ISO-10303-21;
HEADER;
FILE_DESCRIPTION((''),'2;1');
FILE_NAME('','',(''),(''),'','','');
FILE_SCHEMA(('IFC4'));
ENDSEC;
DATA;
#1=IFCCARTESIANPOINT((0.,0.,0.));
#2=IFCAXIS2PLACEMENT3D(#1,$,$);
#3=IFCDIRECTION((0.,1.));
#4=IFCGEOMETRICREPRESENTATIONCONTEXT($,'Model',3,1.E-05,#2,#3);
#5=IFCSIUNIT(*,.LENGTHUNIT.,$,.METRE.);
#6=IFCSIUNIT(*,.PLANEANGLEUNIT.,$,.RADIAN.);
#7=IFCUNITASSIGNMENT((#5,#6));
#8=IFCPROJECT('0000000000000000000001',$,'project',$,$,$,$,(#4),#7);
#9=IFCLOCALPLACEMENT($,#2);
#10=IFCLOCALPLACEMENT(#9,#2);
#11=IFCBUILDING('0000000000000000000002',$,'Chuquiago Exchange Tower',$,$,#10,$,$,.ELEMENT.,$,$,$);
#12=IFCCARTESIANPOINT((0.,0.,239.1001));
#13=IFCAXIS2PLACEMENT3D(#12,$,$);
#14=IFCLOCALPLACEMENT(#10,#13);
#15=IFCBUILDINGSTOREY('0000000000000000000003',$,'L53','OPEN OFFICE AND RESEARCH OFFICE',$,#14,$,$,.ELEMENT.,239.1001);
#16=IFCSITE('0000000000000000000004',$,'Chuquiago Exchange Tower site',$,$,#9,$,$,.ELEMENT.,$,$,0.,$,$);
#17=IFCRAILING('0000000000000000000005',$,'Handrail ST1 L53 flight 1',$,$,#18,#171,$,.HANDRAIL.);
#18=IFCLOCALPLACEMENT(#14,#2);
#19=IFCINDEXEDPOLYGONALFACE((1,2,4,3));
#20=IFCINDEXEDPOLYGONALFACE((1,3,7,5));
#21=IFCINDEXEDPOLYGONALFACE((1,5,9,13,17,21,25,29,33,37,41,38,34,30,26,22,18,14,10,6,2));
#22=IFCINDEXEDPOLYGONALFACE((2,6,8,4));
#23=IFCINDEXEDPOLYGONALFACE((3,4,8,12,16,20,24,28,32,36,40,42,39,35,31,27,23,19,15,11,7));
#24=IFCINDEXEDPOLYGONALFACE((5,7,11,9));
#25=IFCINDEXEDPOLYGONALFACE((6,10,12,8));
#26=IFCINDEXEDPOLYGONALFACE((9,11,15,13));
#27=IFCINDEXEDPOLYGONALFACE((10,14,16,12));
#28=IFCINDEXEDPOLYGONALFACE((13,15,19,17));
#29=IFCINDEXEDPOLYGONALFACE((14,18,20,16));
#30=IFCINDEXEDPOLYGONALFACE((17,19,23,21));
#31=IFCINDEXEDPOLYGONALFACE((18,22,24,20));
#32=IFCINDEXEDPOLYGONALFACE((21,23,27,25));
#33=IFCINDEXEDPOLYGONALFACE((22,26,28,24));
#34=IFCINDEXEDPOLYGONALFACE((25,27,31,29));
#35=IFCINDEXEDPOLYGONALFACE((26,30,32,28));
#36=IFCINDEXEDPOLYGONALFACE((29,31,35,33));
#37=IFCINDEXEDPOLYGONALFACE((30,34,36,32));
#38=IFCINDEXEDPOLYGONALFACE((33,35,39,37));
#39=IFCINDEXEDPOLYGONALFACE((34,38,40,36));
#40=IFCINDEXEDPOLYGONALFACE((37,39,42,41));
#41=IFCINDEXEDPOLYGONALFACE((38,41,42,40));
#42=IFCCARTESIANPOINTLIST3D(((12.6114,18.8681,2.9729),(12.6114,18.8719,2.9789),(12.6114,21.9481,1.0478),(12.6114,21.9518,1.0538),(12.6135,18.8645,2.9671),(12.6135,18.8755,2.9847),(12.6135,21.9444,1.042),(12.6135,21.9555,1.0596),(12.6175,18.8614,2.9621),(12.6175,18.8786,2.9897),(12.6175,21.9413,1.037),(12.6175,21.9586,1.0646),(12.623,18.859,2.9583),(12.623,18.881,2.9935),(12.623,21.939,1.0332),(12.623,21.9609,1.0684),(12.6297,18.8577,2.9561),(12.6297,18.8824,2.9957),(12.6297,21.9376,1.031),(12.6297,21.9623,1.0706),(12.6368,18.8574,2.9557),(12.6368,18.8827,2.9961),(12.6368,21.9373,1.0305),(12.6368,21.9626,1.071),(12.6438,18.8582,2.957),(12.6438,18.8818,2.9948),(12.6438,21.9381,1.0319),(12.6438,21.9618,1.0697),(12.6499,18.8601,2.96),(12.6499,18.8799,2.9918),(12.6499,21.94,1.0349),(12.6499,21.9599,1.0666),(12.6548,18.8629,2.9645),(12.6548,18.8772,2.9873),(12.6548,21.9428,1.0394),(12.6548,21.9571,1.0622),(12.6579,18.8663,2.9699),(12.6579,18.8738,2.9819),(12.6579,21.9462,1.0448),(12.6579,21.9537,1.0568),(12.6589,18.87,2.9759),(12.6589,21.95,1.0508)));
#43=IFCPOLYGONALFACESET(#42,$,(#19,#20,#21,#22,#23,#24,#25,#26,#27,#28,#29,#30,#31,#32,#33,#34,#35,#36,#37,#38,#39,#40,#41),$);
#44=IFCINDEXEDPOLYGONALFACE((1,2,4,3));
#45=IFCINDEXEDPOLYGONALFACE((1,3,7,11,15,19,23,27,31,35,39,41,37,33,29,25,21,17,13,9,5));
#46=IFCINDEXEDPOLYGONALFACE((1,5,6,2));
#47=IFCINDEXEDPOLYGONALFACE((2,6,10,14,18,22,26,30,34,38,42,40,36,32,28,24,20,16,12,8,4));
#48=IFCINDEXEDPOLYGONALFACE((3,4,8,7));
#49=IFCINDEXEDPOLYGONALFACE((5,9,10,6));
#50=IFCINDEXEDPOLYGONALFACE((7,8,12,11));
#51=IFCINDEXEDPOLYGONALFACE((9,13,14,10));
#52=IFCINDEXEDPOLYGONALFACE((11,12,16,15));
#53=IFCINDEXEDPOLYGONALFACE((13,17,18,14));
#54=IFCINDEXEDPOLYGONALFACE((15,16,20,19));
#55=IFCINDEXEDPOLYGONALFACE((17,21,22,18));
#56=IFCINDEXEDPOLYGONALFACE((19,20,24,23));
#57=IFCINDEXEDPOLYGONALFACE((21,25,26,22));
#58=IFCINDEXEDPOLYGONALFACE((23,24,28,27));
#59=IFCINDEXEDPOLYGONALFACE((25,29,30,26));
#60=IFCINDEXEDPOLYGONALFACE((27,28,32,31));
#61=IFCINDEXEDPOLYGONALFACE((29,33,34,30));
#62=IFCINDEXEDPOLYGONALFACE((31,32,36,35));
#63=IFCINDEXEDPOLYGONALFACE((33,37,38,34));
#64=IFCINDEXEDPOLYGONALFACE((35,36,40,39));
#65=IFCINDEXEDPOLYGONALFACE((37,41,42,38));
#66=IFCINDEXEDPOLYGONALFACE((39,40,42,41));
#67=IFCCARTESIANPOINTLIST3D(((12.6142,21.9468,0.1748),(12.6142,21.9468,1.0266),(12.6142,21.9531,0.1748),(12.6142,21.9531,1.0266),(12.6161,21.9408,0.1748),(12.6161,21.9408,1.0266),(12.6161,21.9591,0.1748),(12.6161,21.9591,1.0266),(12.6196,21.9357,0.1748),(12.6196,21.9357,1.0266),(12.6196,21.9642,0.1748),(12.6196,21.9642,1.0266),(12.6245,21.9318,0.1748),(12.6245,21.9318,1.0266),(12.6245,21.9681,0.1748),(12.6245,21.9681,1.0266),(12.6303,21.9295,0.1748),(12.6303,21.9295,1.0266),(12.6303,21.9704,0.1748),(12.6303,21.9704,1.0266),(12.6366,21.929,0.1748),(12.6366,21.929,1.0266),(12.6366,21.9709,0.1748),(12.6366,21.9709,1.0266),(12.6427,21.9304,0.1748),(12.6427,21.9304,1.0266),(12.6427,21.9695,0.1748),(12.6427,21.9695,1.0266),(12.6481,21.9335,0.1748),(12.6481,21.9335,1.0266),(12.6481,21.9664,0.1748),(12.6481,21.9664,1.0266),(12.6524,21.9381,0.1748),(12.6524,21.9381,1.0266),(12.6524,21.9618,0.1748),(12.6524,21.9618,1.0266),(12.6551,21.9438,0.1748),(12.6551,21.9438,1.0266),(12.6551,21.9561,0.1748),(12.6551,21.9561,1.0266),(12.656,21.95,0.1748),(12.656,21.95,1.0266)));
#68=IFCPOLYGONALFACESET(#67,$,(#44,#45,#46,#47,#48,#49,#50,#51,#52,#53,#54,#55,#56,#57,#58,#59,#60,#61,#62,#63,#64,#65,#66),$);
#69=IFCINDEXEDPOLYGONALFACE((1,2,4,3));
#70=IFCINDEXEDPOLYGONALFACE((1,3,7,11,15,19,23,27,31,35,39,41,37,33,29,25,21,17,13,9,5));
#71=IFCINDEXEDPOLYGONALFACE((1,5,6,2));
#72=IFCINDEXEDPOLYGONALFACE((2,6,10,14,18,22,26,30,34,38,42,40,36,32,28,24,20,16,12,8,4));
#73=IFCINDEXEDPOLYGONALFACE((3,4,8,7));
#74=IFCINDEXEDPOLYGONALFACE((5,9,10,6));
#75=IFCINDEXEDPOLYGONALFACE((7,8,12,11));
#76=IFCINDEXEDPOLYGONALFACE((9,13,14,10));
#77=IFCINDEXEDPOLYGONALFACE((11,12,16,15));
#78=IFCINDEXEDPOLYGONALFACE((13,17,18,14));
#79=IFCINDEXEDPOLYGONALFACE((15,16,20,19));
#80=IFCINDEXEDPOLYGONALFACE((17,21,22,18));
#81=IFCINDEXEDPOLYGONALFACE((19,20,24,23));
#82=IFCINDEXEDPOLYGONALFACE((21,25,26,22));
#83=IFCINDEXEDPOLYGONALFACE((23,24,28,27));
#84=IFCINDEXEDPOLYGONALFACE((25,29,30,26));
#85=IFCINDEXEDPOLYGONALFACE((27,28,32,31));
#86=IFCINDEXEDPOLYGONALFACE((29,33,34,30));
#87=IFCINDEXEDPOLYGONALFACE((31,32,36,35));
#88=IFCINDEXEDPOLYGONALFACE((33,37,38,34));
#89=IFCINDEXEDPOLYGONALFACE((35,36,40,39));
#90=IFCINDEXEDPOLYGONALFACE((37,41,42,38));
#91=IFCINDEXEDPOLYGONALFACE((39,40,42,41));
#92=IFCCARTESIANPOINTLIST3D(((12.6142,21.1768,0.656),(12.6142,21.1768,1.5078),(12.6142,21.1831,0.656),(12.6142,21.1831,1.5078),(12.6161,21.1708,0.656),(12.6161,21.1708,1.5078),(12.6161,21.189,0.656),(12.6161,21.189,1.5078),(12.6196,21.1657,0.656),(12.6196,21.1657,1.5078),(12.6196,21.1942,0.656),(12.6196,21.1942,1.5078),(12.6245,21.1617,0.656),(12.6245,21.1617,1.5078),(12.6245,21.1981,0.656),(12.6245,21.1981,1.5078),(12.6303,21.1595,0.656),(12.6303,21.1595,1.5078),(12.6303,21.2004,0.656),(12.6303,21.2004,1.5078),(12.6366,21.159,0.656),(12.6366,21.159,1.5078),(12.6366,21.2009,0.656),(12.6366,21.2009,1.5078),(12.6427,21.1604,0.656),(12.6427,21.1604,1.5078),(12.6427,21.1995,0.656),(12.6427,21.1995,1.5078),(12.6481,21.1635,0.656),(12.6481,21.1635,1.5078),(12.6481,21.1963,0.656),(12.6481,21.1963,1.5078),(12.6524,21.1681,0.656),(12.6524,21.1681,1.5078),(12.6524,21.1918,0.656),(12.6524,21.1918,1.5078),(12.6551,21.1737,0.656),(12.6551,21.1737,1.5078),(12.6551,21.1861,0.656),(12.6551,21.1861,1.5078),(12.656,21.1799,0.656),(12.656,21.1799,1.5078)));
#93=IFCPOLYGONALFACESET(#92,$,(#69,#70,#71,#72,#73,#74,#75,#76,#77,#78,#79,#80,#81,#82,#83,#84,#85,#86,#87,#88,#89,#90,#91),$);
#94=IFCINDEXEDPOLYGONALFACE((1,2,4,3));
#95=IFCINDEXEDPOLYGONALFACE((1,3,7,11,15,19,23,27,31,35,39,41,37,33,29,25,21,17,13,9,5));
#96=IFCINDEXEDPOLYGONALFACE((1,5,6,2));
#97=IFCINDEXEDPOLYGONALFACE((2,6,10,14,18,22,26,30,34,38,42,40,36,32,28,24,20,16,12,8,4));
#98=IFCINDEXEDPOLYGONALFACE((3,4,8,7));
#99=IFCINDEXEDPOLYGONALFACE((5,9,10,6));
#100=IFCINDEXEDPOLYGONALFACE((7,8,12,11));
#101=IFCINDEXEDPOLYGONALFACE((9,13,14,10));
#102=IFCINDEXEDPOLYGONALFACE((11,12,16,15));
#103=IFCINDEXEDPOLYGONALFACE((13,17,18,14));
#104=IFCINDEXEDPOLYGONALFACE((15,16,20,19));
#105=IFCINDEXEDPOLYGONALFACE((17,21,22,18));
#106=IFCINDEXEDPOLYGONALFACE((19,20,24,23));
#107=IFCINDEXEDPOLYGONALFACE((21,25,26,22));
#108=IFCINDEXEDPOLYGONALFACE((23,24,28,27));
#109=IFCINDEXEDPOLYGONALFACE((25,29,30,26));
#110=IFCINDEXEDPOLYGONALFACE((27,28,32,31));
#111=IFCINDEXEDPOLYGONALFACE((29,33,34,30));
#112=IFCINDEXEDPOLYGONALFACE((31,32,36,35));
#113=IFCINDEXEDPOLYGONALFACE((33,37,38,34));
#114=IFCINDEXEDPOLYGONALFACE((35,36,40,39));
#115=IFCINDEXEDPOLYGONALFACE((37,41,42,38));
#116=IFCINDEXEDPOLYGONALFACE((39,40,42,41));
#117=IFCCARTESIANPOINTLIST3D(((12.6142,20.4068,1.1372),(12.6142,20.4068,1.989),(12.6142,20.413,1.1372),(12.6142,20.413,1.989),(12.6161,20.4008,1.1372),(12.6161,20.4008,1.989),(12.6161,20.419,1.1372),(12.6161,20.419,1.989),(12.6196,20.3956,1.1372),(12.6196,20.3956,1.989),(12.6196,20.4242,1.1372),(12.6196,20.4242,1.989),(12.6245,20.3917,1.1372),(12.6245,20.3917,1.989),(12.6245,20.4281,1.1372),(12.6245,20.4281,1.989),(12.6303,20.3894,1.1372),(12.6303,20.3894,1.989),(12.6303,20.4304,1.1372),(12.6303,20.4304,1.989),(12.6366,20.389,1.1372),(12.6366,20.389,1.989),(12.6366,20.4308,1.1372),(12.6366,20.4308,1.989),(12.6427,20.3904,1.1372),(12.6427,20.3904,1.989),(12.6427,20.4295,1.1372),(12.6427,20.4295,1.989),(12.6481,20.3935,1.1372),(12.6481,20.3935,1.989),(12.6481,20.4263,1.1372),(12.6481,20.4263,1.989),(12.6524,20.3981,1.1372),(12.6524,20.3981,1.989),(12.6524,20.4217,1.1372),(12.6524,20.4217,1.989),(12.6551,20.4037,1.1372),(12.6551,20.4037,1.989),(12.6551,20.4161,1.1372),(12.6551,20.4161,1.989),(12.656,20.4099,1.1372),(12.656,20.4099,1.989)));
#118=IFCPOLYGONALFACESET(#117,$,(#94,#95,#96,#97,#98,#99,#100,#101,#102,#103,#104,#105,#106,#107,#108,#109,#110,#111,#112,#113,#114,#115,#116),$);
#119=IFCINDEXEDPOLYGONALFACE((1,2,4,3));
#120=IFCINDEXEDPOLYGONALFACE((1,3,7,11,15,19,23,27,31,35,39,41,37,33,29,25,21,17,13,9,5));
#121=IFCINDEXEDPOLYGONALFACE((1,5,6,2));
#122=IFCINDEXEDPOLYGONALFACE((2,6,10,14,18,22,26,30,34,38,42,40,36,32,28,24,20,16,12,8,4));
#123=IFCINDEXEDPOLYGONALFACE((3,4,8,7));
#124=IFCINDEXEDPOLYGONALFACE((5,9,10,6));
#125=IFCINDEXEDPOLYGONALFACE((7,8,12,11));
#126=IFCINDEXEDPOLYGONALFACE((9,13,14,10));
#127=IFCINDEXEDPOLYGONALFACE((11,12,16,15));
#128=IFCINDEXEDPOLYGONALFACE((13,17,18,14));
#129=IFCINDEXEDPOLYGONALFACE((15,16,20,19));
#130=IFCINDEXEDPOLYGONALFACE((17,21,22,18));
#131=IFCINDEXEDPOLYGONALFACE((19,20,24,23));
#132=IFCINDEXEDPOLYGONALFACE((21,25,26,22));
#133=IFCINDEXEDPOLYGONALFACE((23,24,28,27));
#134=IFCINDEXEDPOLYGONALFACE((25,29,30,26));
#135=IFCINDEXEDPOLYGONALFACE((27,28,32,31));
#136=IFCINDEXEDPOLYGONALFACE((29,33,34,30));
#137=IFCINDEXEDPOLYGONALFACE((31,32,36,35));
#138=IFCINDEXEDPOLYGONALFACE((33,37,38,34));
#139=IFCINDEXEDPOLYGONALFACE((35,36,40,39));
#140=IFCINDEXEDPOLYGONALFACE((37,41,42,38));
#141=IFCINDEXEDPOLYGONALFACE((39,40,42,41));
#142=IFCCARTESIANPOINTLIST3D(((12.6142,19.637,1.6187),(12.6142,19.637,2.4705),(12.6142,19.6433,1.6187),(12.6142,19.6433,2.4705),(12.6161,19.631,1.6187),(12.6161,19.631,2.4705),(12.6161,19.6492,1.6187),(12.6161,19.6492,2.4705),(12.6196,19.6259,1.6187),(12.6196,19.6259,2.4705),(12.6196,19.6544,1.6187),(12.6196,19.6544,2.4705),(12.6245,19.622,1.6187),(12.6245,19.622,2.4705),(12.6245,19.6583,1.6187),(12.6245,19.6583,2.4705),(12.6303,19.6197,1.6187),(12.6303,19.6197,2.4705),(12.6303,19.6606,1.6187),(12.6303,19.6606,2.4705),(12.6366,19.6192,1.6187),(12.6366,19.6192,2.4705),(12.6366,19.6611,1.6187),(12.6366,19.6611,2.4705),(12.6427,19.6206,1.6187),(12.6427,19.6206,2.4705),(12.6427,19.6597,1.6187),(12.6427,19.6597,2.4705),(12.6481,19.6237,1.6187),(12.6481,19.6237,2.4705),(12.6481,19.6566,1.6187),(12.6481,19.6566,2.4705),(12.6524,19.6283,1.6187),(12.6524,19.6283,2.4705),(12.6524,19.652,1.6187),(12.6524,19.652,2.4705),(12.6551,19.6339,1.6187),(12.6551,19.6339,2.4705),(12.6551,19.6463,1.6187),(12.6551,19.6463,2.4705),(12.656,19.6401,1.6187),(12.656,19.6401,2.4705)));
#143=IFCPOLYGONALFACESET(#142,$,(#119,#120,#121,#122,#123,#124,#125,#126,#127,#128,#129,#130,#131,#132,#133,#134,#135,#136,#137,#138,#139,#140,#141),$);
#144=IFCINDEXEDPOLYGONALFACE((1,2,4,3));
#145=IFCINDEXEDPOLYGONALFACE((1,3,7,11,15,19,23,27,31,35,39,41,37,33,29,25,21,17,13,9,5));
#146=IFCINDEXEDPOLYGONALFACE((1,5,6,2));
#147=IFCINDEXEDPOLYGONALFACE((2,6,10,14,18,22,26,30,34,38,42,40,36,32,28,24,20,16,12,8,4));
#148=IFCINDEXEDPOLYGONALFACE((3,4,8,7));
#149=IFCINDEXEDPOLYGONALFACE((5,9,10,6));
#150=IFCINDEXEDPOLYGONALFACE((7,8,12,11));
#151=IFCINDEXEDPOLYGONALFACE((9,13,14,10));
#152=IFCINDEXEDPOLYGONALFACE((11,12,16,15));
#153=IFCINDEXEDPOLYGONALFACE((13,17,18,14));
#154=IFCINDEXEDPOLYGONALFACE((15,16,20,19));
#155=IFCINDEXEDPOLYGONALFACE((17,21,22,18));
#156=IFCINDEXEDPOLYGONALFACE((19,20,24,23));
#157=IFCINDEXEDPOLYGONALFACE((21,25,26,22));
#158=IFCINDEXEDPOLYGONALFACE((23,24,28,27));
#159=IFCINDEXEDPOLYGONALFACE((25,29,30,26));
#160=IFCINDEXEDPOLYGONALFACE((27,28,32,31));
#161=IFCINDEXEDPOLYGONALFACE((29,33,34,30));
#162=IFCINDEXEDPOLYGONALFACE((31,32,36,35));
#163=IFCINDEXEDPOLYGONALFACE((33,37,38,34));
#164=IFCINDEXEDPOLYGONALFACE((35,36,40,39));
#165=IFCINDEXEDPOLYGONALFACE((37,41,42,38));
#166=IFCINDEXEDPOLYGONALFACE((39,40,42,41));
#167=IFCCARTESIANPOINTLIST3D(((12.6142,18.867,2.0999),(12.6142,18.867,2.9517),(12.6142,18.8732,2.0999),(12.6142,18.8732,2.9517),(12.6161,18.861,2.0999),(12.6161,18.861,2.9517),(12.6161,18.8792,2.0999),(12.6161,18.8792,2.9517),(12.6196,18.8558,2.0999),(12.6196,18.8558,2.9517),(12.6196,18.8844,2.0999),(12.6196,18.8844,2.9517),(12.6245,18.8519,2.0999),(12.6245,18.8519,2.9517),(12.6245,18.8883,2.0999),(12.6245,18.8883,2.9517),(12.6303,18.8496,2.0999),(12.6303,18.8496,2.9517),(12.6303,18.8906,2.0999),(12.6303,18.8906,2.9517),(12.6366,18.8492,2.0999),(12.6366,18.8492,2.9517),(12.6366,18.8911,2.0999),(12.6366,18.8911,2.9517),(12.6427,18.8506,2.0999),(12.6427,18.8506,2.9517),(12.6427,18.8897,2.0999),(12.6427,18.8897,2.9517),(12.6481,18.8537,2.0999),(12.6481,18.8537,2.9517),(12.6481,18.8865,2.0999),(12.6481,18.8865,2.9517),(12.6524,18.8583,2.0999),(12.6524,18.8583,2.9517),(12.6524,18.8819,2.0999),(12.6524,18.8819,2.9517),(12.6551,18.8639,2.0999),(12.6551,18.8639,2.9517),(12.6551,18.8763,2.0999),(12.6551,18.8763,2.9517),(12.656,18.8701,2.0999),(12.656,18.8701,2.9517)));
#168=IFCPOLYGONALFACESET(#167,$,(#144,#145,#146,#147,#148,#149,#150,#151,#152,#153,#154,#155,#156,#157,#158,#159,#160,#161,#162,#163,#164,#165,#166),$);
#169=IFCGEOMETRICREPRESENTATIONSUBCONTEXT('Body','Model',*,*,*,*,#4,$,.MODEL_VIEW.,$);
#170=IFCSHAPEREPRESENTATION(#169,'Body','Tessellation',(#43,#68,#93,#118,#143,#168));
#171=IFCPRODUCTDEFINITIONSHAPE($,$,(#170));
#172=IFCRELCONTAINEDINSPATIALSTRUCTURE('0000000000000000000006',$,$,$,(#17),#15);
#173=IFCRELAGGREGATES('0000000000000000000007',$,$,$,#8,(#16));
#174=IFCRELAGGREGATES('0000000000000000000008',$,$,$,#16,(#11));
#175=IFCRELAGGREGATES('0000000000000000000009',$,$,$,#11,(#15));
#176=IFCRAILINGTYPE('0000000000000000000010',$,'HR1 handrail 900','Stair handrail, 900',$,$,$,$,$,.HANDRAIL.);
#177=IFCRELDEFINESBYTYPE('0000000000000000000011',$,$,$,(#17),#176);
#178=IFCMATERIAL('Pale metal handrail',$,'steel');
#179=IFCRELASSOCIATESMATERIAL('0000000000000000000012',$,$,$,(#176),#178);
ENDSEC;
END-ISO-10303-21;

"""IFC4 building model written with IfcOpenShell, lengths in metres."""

from ifc_helpers import new_model, si_unit, direction, frame, origin, origin_2d, place, context, subcontext, project, spatial, circle, extrude, material, type_object, element, save


model = new_model("IFC4")

# Units and contexts
model_context = context("Model", 3, precision=1e-05, world=origin(), true_north=direction((0.0, 1.0)))
body_context = subcontext(model_context, "Body", "Model", "MODEL_VIEW")
ifc_project = project(units=[si_unit("LENGTHUNIT", "METRE"), si_unit("PLANEANGLEUNIT", "RADIAN")], contexts=[model_context])

# Site, building, storey
site_placement = place(None, origin())
site = spatial("IfcSite", under=ifc_project, at=site_placement, Name="Chuquiago Exchange Tower site", CompositionType="ELEMENT", RefElevation=0.0)
building_placement = place(site_placement, origin())
building = spatial("IfcBuilding", under=site, at=building_placement, Name="Chuquiago Exchange Tower", CompositionType="ELEMENT")
storey_placement = place(building_placement, frame((0.0, 0.0, 239.1001)))
storey = spatial("IfcBuildingStorey", under=building, at=storey_placement, Name="L53", Description="OPEN OFFICE AND RESEARCH OFFICE", CompositionType="ELEMENT", Elevation=239.1001)

# Railing
ifc_material_1 = material(Name="Pale metal handrail", Category="steel")
railing_type_1 = type_object("IfcRailingType", Name="HR1 handrail 900", Description="Stair handrail, 900", PredefinedType="HANDRAIL", material=ifc_material_1)
for number, where, name in (
    (1, (12.635, 21.95, 0.1748), "Handrail ST1 L53 flight 1"),
):
    element("IfcRailing", number, at=place(storey_placement, frame(where)), inside=storey, type_object=railing_type_1, Name=name, PredefinedType="HANDRAIL", context=body_context, shape_type="SweptSolid", body=[
        extrude(circle(Radius=0.0239, at=origin_2d()), frame((0.0, 0.0, 0.876), z_axis=(0.0, -0.847979, 0.530029), x_axis=(1.0, 0.0, 0.0)), (0.0, 0.0, 1.0), 3.6321),
        extrude(circle(Radius=0.021, at=origin_2d()), origin(), (0.0, 0.0, 1.0), 0.8518),
        extrude(circle(Radius=0.021, at=origin_2d()), frame((0.0, -0.77, 0.4812)), (0.0, 0.0, 1.0), 0.8518),
        extrude(circle(Radius=0.021, at=origin_2d()), frame((0.0, -1.54, 0.9624)), (0.0, 0.0, 1.0), 0.8518),
        extrude(circle(Radius=0.021, at=origin_2d()), frame((0.0, -2.3098, 1.4438)), (0.0, 0.0, 1.0), 0.8518),
        extrude(circle(Radius=0.021, at=origin_2d()), frame((0.0, -3.0798, 1.925)), (0.0, 0.0, 1.0), 0.8518),
    ])

save(model, "model.ifc")
